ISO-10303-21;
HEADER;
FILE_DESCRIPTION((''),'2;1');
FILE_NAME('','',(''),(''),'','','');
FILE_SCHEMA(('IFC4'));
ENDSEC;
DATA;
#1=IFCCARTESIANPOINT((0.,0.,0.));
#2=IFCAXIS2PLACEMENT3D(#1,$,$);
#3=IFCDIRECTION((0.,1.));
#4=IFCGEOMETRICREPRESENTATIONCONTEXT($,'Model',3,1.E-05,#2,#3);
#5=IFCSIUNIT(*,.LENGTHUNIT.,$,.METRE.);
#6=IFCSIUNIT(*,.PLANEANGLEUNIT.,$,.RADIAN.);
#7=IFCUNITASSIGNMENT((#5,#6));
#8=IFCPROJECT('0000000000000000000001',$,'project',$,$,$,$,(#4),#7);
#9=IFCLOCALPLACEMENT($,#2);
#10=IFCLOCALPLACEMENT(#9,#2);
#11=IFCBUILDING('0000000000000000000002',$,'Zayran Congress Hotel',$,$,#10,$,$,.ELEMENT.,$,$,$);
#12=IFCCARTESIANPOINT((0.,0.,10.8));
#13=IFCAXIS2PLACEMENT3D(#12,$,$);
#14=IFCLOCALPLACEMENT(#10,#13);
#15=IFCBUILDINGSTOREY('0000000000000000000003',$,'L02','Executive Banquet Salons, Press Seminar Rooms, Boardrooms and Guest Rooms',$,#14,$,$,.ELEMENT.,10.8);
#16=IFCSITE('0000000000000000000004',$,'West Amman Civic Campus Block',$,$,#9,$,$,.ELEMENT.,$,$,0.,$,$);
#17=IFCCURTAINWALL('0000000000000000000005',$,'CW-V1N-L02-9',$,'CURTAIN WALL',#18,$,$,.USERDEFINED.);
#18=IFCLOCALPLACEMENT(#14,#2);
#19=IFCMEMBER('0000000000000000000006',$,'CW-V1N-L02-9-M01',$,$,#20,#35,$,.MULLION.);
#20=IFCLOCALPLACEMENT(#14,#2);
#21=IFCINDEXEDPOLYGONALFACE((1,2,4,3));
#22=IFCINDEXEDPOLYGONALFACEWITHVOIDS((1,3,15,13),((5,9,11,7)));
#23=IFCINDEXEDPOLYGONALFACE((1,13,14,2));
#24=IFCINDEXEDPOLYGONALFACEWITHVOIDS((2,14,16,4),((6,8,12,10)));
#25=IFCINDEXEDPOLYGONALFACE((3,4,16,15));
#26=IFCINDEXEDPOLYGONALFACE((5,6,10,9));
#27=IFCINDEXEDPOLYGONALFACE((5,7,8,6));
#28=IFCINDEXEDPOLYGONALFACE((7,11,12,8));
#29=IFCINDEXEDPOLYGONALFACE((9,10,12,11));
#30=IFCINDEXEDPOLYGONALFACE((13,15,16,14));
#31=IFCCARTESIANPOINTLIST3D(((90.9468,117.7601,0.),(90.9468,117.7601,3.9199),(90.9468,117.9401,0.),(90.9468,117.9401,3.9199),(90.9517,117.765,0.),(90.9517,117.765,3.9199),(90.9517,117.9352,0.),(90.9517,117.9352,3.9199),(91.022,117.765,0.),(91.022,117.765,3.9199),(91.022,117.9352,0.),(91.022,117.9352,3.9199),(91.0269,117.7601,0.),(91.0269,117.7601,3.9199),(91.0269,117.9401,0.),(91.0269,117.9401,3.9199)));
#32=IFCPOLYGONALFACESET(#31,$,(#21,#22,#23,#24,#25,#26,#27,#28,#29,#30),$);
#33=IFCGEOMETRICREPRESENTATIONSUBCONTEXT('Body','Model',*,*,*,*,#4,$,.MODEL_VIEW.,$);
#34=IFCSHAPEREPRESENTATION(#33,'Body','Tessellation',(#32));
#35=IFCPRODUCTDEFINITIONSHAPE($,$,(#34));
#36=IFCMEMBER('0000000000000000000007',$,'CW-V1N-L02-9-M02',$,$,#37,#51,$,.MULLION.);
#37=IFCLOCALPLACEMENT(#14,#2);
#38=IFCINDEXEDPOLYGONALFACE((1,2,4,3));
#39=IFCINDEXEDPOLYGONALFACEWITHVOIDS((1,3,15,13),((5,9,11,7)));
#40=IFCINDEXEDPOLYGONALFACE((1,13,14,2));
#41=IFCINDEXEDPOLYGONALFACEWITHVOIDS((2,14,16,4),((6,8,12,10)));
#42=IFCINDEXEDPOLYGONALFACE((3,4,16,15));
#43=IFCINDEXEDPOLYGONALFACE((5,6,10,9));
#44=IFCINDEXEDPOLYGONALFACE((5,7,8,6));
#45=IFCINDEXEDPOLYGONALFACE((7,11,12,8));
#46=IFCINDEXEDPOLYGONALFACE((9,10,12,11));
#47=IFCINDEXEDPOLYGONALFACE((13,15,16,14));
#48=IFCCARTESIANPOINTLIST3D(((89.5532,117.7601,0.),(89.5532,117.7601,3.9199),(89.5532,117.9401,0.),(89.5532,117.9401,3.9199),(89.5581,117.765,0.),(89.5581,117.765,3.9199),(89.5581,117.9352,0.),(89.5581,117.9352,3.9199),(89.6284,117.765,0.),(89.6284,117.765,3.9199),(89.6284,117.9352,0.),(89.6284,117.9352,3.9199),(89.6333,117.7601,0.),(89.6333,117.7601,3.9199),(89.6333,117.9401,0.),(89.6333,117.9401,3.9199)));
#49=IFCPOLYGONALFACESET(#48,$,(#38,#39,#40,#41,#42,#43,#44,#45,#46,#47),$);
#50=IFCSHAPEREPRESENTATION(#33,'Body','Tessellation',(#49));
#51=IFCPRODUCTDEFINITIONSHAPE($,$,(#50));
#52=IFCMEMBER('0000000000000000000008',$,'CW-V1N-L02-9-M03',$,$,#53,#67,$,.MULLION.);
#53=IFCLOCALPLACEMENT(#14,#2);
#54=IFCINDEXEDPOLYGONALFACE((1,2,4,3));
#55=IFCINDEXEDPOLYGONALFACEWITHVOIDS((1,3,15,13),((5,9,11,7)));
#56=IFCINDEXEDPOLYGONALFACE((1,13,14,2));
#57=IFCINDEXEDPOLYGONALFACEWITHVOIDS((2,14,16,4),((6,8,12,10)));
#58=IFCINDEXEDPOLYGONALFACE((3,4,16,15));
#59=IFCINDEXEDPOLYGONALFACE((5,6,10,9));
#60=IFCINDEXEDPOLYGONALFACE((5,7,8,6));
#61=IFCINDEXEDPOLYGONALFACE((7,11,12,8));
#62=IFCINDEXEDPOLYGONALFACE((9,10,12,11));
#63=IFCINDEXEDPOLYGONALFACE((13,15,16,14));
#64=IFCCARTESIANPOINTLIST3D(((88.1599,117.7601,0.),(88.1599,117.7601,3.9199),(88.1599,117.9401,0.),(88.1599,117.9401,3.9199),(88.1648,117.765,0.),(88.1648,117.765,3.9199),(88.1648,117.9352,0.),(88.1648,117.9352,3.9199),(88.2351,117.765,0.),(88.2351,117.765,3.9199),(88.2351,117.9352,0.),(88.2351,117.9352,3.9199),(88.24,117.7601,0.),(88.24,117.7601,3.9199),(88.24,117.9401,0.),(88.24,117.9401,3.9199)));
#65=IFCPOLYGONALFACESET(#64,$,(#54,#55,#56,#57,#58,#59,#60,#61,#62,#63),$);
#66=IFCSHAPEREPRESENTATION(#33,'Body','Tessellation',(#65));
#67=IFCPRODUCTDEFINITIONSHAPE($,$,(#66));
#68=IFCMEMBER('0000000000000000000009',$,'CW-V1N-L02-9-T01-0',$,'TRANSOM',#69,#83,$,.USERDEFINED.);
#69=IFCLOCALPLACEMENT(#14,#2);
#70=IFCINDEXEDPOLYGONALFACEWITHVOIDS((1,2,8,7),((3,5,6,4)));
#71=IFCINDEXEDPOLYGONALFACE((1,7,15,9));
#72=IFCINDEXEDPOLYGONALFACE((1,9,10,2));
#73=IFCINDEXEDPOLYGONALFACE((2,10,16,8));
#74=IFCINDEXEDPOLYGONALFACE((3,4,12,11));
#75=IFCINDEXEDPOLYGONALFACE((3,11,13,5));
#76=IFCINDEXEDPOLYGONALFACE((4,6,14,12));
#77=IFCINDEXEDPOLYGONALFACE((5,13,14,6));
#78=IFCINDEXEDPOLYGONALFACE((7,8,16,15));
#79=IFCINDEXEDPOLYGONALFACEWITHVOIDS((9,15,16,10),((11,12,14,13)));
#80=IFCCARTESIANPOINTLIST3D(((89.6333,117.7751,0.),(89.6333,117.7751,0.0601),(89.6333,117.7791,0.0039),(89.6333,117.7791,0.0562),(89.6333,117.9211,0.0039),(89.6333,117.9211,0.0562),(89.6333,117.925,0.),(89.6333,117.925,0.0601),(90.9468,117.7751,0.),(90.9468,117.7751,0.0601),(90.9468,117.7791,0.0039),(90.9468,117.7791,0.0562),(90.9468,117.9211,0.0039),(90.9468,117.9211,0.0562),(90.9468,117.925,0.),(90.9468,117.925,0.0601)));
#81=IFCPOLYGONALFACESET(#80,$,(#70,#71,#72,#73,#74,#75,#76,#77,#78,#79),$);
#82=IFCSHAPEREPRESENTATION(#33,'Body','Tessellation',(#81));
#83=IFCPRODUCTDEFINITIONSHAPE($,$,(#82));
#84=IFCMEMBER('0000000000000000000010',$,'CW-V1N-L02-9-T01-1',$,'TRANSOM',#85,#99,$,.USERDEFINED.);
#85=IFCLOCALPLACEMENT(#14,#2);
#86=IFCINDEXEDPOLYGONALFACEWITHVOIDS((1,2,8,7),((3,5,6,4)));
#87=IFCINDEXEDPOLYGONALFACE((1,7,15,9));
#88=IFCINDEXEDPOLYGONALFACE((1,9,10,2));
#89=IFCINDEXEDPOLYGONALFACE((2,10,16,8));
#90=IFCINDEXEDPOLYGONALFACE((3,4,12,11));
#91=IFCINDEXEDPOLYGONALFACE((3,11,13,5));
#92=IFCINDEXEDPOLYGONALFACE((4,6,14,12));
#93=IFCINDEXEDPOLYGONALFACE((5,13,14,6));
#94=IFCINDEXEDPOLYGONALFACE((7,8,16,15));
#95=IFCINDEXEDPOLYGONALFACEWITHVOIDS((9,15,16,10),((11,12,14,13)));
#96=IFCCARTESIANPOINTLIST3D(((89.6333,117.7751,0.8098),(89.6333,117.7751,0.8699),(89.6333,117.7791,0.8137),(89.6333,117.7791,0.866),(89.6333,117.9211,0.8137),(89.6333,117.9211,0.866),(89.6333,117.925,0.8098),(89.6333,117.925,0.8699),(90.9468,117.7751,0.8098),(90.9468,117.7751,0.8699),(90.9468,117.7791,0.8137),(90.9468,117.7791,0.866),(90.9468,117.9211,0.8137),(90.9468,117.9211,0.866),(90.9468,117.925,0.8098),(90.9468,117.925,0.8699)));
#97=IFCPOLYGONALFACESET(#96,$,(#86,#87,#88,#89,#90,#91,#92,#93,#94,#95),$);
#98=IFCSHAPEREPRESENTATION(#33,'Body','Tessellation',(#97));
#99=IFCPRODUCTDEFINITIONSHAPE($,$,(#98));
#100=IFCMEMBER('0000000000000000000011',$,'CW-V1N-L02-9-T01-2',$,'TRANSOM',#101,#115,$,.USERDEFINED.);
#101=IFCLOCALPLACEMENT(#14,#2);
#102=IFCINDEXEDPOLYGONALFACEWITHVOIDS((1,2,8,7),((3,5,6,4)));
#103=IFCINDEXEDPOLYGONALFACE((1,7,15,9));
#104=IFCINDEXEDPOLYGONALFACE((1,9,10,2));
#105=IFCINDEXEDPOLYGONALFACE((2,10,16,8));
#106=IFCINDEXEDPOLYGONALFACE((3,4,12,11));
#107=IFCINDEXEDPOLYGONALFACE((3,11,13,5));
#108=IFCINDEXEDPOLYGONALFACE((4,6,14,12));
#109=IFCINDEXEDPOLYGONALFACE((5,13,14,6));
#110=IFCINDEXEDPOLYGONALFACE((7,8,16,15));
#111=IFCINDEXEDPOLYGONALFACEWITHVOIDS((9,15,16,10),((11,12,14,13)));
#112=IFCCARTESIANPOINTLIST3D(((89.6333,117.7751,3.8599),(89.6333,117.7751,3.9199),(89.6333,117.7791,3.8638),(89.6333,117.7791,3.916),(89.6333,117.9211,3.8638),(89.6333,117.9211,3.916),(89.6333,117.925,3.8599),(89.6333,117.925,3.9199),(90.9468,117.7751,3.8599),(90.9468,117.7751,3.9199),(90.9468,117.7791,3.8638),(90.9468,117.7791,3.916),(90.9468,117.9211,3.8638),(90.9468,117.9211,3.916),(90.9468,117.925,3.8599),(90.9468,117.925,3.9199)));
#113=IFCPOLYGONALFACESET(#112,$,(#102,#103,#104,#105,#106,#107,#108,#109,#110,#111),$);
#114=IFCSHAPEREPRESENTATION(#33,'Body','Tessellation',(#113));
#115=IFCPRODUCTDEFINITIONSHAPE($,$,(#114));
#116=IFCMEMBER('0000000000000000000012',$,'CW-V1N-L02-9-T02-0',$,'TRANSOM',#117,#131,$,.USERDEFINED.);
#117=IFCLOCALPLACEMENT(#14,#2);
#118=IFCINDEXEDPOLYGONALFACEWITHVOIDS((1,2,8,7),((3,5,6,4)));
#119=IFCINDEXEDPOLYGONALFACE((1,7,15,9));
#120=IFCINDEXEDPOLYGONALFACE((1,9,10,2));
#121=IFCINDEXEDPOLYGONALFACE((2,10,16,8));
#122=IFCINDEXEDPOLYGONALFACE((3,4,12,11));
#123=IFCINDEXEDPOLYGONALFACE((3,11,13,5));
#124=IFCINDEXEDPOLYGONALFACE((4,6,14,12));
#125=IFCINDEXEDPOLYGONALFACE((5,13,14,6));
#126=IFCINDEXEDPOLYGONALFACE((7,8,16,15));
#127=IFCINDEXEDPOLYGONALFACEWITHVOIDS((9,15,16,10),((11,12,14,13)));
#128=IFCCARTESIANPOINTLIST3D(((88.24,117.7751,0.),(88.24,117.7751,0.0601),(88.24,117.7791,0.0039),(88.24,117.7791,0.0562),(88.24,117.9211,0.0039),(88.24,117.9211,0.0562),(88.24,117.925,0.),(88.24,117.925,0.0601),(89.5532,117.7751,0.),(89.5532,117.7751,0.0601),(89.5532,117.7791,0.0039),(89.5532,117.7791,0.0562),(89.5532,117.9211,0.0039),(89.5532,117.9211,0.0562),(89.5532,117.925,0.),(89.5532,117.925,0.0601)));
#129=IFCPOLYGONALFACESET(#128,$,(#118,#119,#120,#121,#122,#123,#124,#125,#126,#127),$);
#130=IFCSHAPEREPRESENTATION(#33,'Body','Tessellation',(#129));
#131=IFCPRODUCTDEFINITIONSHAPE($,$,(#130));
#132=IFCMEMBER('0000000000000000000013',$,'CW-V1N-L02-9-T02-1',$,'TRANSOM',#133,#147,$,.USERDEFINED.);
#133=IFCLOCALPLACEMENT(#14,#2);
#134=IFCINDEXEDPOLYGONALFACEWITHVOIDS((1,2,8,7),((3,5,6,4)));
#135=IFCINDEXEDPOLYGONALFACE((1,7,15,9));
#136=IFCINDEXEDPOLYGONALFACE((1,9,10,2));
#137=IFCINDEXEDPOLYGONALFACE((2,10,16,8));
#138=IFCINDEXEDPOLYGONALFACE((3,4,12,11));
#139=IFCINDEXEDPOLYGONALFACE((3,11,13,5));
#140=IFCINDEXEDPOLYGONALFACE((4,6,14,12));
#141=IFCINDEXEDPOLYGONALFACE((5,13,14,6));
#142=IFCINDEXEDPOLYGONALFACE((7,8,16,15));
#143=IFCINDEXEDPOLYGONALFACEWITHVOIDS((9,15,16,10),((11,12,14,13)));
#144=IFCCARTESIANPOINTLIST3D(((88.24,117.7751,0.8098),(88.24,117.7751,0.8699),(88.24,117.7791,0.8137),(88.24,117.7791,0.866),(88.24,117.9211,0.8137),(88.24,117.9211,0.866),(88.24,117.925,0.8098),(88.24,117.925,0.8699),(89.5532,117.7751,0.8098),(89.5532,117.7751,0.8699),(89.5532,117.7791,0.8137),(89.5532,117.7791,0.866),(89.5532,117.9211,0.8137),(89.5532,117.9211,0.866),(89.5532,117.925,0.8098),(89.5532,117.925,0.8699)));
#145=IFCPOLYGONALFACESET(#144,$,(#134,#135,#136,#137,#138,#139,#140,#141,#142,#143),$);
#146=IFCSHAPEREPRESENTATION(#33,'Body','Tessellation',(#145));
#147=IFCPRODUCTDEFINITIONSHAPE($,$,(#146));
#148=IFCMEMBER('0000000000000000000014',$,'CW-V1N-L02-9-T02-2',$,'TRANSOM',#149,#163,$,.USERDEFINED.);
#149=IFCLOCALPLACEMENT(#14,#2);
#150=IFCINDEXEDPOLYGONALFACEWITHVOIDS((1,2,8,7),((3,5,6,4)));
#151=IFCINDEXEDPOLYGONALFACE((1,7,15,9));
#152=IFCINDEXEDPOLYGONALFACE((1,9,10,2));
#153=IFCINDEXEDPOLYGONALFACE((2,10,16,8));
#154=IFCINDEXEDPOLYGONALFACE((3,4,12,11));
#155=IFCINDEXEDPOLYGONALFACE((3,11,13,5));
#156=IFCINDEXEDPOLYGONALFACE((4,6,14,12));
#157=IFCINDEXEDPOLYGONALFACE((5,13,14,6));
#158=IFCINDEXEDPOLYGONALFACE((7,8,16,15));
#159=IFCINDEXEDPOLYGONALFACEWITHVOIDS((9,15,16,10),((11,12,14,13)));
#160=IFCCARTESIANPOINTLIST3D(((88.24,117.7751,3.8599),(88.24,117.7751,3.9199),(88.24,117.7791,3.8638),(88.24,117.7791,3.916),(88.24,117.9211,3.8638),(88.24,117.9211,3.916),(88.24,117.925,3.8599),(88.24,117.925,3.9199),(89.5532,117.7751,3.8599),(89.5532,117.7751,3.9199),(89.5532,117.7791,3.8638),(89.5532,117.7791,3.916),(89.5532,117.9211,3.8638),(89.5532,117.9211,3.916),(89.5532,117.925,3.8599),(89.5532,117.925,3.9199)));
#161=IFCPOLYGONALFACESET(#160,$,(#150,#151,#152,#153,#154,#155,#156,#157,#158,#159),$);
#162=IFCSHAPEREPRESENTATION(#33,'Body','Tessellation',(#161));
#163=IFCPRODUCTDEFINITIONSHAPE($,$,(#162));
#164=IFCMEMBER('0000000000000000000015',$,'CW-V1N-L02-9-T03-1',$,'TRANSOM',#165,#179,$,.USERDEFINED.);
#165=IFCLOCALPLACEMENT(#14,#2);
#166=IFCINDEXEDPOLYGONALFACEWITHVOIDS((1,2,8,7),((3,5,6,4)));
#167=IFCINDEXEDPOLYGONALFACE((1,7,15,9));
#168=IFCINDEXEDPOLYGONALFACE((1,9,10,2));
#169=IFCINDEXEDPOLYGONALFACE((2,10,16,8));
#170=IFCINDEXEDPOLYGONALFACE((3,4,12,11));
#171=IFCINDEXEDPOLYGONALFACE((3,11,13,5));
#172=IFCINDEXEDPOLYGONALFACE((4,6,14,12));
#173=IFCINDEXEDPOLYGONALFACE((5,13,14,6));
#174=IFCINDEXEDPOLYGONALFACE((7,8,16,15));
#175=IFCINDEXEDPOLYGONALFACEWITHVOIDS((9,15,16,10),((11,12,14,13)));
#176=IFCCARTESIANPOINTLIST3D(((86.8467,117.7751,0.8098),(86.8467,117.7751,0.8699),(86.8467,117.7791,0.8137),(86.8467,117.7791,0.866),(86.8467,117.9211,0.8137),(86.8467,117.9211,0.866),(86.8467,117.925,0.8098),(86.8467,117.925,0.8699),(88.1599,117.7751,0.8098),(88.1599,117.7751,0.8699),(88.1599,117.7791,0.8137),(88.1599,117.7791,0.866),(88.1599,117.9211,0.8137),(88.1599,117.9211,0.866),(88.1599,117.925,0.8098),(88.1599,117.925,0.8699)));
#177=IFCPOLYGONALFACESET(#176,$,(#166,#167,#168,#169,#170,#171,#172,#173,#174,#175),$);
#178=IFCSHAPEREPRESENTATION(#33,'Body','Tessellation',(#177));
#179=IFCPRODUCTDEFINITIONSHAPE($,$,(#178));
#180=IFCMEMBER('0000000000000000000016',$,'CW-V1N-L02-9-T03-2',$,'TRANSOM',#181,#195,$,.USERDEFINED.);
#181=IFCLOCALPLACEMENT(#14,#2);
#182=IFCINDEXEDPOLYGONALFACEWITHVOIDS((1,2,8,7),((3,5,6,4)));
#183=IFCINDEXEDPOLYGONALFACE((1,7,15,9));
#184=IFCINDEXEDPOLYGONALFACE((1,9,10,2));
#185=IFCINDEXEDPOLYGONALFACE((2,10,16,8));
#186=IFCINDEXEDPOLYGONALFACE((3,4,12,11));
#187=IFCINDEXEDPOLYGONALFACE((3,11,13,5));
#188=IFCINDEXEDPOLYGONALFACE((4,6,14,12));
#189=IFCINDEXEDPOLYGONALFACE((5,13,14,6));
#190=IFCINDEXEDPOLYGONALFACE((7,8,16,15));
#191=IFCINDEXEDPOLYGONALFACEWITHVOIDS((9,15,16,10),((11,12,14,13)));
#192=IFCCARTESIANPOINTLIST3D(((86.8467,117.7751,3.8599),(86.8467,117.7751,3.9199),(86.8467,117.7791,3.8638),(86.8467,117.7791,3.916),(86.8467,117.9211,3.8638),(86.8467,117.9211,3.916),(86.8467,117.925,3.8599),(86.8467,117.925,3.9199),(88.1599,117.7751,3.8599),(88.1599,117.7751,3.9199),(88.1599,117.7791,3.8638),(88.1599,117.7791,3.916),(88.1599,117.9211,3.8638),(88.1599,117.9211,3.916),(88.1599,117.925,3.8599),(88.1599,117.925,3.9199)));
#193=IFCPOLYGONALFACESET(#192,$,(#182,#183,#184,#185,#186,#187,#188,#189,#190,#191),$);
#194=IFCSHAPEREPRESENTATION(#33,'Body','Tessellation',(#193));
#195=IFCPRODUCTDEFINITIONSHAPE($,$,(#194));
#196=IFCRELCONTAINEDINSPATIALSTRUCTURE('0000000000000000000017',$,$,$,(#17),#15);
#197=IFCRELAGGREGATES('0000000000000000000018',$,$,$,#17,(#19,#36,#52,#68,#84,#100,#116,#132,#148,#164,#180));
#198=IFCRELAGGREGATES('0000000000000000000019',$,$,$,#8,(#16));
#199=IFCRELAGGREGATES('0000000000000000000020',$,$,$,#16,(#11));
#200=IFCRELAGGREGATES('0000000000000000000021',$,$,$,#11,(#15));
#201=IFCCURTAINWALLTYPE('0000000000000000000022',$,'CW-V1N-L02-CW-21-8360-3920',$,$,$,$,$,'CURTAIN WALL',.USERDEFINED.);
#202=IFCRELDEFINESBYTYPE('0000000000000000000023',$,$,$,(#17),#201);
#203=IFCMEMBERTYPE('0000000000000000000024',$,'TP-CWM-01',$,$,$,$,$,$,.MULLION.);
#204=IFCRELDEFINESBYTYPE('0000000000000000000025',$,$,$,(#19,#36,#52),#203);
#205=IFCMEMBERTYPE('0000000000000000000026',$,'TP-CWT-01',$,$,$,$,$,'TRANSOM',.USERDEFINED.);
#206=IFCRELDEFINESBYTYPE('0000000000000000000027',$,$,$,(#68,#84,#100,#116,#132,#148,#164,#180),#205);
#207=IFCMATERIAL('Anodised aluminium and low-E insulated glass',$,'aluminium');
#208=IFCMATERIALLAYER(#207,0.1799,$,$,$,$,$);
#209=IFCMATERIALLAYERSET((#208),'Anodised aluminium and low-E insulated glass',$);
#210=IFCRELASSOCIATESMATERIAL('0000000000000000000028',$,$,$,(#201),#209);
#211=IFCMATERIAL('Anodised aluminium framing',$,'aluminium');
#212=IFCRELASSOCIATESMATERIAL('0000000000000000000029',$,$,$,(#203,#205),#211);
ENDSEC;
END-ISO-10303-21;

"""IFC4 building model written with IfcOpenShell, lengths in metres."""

from ifc_helpers import new_model, si_unit, direction, frame, origin, origin_2d, place, context, subcontext, project, spatial, hollow_rectangle, extrude, material, layer, layer_set, material_profile, profile_set, type_object, element, aggregate, save


model = new_model("IFC4")

# Units and contexts
model_context = context("Model", 3, precision=1e-05, world=origin(), true_north=direction((0.0, 1.0)))
body_context = subcontext(model_context, "Body", "Model", "MODEL_VIEW")
ifc_project = project(units=[si_unit("LENGTHUNIT", "METRE"), si_unit("PLANEANGLEUNIT", "RADIAN")], contexts=[model_context])

# Site, building, storey
site_placement = place(None, origin())
site = spatial("IfcSite", under=ifc_project, at=site_placement, Name="West Amman Civic Campus Block", CompositionType="ELEMENT", RefElevation=0.0)
building_placement = place(site_placement, origin())
building = spatial("IfcBuilding", under=site, at=building_placement, Name="Zayran Congress Hotel", CompositionType="ELEMENT")
storey_placement = place(building_placement, frame((0.0, 0.0, 10.8)))
storey = spatial("IfcBuildingStorey", under=building, at=storey_placement, Name="L02", Description="Executive Banquet Salons, Press Seminar Rooms, Boardrooms and Guest Rooms", CompositionType="ELEMENT", Elevation=10.8)

# Curtain wall, members
ifc_material_1 = material(Name="Anodised aluminium and low-E insulated glass", Category="aluminium")
ifc_layer_1 = layer(ifc_material_1, 0.1799)
ifc_layer_set_1 = layer_set([ifc_layer_1], Name="Anodised aluminium and low-E insulated glass")
curtain_wall_type = type_object("IfcCurtainWallType", Name="CW-V1N-L02-CW-21-8360-3920", ElementType="CURTAIN WALL", PredefinedType="USERDEFINED", material=ifc_layer_set_1)
curtain_wall_placement = place(storey_placement, origin())
curtain_wall = element("IfcCurtainWall", 1, at=curtain_wall_placement, inside=storey, type_object=curtain_wall_type, Name="CW-V1N-L02-9", ObjectType="CURTAIN WALL", PredefinedType="USERDEFINED")
ifc_material_2 = material(Name="Anodised aluminium framing", Category="aluminium")
ifc_material_profile_1 = material_profile(ifc_material_2, hollow_rectangle(XDim=0.0801, YDim=0.1799, WallThickness=0.0049, at=origin_2d()), Name="RHS 180x80x5")
ifc_profile_set_1 = profile_set([ifc_material_profile_1], Name="Anodised aluminium framing")
member_type_1 = type_object("IfcMemberType", Name="TP-CWM-01", PredefinedType="MULLION", material=ifc_profile_set_1)
member_1_placement = place(storey_placement, frame((90.9868, 117.8501, 0.0), z_axis=(0.0, 0.0, 1.0), x_axis=(1.0, 0.0, 0.0)))
member_1 = element("IfcMember", 2, at=member_1_placement, type_object=member_type_1, Name="CW-V1N-L02-9-M01", PredefinedType="MULLION", context=body_context, shape_type="SweptSolid", body=[
    extrude(hollow_rectangle(XDim=0.0801, YDim=0.1799, WallThickness=0.0049, at=origin_2d()), origin(), (0.0, 0.0, 1.0), 3.9199),
])
member_2_placement = place(storey_placement, frame((89.5933, 117.8501, 0.0), z_axis=(0.0, 0.0, 1.0), x_axis=(1.0, 0.0, 0.0)))
member_2 = element("IfcMember", 3, at=member_2_placement, type_object=member_type_1, Name="CW-V1N-L02-9-M02", PredefinedType="MULLION", context=body_context, shape_type="SweptSolid", body=[
    extrude(hollow_rectangle(XDim=0.0801, YDim=0.1799, WallThickness=0.0049, at=origin_2d()), origin(), (0.0, 0.0, 1.0), 3.9199),
])
member_3_placement = place(storey_placement, frame((88.2, 117.8501, 0.0), z_axis=(0.0, 0.0, 1.0), x_axis=(1.0, 0.0, 0.0)))
member_3 = element("IfcMember", 4, at=member_3_placement, type_object=member_type_1, Name="CW-V1N-L02-9-M03", PredefinedType="MULLION", context=body_context, shape_type="SweptSolid", body=[
    extrude(hollow_rectangle(XDim=0.0801, YDim=0.1799, WallThickness=0.0049, at=origin_2d()), origin(), (0.0, 0.0, 1.0), 3.9199),
])
ifc_material_profile_2 = material_profile(ifc_material_2, hollow_rectangle(XDim=0.0601, YDim=0.1499, WallThickness=0.0039, at=origin_2d()), Name="RHS 150x60x4")
ifc_profile_set_2 = profile_set([ifc_material_profile_2], Name="Anodised aluminium framing")
member_type_2 = type_object("IfcMemberType", Name="TP-CWT-01", ElementType="TRANSOM", PredefinedType="USERDEFINED", material=ifc_profile_set_2)
member_4_placement = place(storey_placement, frame((90.9468, 117.8501, 0.03), z_axis=(-1.0, 0.0, 0.0), x_axis=(0.0, 0.0, 1.0)))
member_4 = element("IfcMember", 5, at=member_4_placement, type_object=member_type_2, Name="CW-V1N-L02-9-T01-0", ObjectType="TRANSOM", PredefinedType="USERDEFINED", context=body_context, shape_type="SweptSolid", body=[
    extrude(hollow_rectangle(XDim=0.0601, YDim=0.1499, WallThickness=0.0039, at=origin_2d()), origin(), (0.0, 0.0, 1.0), 1.3135),
])
member_5_placement = place(storey_placement, frame((90.9468, 117.8501, 0.8398), z_axis=(-1.0, 0.0, 0.0), x_axis=(0.0, 0.0, 1.0)))
member_5 = element("IfcMember", 6, at=member_5_placement, type_object=member_type_2, Name="CW-V1N-L02-9-T01-1", ObjectType="TRANSOM", PredefinedType="USERDEFINED", context=body_context, shape_type="SweptSolid", body=[
    extrude(hollow_rectangle(XDim=0.0601, YDim=0.1499, WallThickness=0.0039, at=origin_2d()), origin(), (0.0, 0.0, 1.0), 1.3135),
])
member_6_placement = place(storey_placement, frame((90.9468, 117.8501, 3.8899), z_axis=(-1.0, 0.0, 0.0), x_axis=(0.0, 0.0, 1.0)))
member_6 = element("IfcMember", 7, at=member_6_placement, type_object=member_type_2, Name="CW-V1N-L02-9-T01-2", ObjectType="TRANSOM", PredefinedType="USERDEFINED", context=body_context, shape_type="SweptSolid", body=[
    extrude(hollow_rectangle(XDim=0.0601, YDim=0.1499, WallThickness=0.0039, at=origin_2d()), origin(), (0.0, 0.0, 1.0), 1.3135),
])
member_7_placement = place(storey_placement, frame((89.5532, 117.8501, 0.03), z_axis=(-1.0, 0.0, 0.0), x_axis=(0.0, 0.0, 1.0)))
member_7 = element("IfcMember", 8, at=member_7_placement, type_object=member_type_2, Name="CW-V1N-L02-9-T02-0", ObjectType="TRANSOM", PredefinedType="USERDEFINED", context=body_context, shape_type="SweptSolid", body=[
    extrude(hollow_rectangle(XDim=0.0601, YDim=0.1499, WallThickness=0.0039, at=origin_2d()), origin(), (0.0, 0.0, 1.0), 1.3132),
])
member_8_placement = place(storey_placement, frame((89.5532, 117.8501, 0.8398), z_axis=(-1.0, 0.0, 0.0), x_axis=(0.0, 0.0, 1.0)))
member_8 = element("IfcMember", 9, at=member_8_placement, type_object=member_type_2, Name="CW-V1N-L02-9-T02-1", ObjectType="TRANSOM", PredefinedType="USERDEFINED", context=body_context, shape_type="SweptSolid", body=[
    extrude(hollow_rectangle(XDim=0.0601, YDim=0.1499, WallThickness=0.0039, at=origin_2d()), origin(), (0.0, 0.0, 1.0), 1.3132),
])
member_9_placement = place(storey_placement, frame((89.5532, 117.8501, 3.8899), z_axis=(-1.0, 0.0, 0.0), x_axis=(0.0, 0.0, 1.0)))
member_9 = element("IfcMember", 10, at=member_9_placement, type_object=member_type_2, Name="CW-V1N-L02-9-T02-2", ObjectType="TRANSOM", PredefinedType="USERDEFINED", context=body_context, shape_type="SweptSolid", body=[
    extrude(hollow_rectangle(XDim=0.0601, YDim=0.1499, WallThickness=0.0039, at=origin_2d()), origin(), (0.0, 0.0, 1.0), 1.3132),
])
member_10_placement = place(storey_placement, frame((88.1599, 117.8501, 0.8398), z_axis=(-1.0, 0.0, 0.0), x_axis=(0.0, 0.0, 1.0)))
member_10 = element("IfcMember", 11, at=member_10_placement, type_object=member_type_2, Name="CW-V1N-L02-9-T03-1", ObjectType="TRANSOM", PredefinedType="USERDEFINED", context=body_context, shape_type="SweptSolid", body=[
    extrude(hollow_rectangle(XDim=0.0601, YDim=0.1499, WallThickness=0.0039, at=origin_2d()), origin(), (0.0, 0.0, 1.0), 1.3132),
])
member_11_placement = place(storey_placement, frame((88.1599, 117.8501, 3.8899), z_axis=(-1.0, 0.0, 0.0), x_axis=(0.0, 0.0, 1.0)))
member_11 = element("IfcMember", 12, at=member_11_placement, type_object=member_type_2, Name="CW-V1N-L02-9-T03-2", ObjectType="TRANSOM", PredefinedType="USERDEFINED", context=body_context, shape_type="SweptSolid", body=[
    extrude(hollow_rectangle(XDim=0.0601, YDim=0.1499, WallThickness=0.0039, at=origin_2d()), origin(), (0.0, 0.0, 1.0), 1.3132),
])
aggregate(curtain_wall, [member_1, member_2, member_3, member_4, member_5, member_6, member_7, member_8, member_9, member_10, member_11])

save(model, "model.ifc")
